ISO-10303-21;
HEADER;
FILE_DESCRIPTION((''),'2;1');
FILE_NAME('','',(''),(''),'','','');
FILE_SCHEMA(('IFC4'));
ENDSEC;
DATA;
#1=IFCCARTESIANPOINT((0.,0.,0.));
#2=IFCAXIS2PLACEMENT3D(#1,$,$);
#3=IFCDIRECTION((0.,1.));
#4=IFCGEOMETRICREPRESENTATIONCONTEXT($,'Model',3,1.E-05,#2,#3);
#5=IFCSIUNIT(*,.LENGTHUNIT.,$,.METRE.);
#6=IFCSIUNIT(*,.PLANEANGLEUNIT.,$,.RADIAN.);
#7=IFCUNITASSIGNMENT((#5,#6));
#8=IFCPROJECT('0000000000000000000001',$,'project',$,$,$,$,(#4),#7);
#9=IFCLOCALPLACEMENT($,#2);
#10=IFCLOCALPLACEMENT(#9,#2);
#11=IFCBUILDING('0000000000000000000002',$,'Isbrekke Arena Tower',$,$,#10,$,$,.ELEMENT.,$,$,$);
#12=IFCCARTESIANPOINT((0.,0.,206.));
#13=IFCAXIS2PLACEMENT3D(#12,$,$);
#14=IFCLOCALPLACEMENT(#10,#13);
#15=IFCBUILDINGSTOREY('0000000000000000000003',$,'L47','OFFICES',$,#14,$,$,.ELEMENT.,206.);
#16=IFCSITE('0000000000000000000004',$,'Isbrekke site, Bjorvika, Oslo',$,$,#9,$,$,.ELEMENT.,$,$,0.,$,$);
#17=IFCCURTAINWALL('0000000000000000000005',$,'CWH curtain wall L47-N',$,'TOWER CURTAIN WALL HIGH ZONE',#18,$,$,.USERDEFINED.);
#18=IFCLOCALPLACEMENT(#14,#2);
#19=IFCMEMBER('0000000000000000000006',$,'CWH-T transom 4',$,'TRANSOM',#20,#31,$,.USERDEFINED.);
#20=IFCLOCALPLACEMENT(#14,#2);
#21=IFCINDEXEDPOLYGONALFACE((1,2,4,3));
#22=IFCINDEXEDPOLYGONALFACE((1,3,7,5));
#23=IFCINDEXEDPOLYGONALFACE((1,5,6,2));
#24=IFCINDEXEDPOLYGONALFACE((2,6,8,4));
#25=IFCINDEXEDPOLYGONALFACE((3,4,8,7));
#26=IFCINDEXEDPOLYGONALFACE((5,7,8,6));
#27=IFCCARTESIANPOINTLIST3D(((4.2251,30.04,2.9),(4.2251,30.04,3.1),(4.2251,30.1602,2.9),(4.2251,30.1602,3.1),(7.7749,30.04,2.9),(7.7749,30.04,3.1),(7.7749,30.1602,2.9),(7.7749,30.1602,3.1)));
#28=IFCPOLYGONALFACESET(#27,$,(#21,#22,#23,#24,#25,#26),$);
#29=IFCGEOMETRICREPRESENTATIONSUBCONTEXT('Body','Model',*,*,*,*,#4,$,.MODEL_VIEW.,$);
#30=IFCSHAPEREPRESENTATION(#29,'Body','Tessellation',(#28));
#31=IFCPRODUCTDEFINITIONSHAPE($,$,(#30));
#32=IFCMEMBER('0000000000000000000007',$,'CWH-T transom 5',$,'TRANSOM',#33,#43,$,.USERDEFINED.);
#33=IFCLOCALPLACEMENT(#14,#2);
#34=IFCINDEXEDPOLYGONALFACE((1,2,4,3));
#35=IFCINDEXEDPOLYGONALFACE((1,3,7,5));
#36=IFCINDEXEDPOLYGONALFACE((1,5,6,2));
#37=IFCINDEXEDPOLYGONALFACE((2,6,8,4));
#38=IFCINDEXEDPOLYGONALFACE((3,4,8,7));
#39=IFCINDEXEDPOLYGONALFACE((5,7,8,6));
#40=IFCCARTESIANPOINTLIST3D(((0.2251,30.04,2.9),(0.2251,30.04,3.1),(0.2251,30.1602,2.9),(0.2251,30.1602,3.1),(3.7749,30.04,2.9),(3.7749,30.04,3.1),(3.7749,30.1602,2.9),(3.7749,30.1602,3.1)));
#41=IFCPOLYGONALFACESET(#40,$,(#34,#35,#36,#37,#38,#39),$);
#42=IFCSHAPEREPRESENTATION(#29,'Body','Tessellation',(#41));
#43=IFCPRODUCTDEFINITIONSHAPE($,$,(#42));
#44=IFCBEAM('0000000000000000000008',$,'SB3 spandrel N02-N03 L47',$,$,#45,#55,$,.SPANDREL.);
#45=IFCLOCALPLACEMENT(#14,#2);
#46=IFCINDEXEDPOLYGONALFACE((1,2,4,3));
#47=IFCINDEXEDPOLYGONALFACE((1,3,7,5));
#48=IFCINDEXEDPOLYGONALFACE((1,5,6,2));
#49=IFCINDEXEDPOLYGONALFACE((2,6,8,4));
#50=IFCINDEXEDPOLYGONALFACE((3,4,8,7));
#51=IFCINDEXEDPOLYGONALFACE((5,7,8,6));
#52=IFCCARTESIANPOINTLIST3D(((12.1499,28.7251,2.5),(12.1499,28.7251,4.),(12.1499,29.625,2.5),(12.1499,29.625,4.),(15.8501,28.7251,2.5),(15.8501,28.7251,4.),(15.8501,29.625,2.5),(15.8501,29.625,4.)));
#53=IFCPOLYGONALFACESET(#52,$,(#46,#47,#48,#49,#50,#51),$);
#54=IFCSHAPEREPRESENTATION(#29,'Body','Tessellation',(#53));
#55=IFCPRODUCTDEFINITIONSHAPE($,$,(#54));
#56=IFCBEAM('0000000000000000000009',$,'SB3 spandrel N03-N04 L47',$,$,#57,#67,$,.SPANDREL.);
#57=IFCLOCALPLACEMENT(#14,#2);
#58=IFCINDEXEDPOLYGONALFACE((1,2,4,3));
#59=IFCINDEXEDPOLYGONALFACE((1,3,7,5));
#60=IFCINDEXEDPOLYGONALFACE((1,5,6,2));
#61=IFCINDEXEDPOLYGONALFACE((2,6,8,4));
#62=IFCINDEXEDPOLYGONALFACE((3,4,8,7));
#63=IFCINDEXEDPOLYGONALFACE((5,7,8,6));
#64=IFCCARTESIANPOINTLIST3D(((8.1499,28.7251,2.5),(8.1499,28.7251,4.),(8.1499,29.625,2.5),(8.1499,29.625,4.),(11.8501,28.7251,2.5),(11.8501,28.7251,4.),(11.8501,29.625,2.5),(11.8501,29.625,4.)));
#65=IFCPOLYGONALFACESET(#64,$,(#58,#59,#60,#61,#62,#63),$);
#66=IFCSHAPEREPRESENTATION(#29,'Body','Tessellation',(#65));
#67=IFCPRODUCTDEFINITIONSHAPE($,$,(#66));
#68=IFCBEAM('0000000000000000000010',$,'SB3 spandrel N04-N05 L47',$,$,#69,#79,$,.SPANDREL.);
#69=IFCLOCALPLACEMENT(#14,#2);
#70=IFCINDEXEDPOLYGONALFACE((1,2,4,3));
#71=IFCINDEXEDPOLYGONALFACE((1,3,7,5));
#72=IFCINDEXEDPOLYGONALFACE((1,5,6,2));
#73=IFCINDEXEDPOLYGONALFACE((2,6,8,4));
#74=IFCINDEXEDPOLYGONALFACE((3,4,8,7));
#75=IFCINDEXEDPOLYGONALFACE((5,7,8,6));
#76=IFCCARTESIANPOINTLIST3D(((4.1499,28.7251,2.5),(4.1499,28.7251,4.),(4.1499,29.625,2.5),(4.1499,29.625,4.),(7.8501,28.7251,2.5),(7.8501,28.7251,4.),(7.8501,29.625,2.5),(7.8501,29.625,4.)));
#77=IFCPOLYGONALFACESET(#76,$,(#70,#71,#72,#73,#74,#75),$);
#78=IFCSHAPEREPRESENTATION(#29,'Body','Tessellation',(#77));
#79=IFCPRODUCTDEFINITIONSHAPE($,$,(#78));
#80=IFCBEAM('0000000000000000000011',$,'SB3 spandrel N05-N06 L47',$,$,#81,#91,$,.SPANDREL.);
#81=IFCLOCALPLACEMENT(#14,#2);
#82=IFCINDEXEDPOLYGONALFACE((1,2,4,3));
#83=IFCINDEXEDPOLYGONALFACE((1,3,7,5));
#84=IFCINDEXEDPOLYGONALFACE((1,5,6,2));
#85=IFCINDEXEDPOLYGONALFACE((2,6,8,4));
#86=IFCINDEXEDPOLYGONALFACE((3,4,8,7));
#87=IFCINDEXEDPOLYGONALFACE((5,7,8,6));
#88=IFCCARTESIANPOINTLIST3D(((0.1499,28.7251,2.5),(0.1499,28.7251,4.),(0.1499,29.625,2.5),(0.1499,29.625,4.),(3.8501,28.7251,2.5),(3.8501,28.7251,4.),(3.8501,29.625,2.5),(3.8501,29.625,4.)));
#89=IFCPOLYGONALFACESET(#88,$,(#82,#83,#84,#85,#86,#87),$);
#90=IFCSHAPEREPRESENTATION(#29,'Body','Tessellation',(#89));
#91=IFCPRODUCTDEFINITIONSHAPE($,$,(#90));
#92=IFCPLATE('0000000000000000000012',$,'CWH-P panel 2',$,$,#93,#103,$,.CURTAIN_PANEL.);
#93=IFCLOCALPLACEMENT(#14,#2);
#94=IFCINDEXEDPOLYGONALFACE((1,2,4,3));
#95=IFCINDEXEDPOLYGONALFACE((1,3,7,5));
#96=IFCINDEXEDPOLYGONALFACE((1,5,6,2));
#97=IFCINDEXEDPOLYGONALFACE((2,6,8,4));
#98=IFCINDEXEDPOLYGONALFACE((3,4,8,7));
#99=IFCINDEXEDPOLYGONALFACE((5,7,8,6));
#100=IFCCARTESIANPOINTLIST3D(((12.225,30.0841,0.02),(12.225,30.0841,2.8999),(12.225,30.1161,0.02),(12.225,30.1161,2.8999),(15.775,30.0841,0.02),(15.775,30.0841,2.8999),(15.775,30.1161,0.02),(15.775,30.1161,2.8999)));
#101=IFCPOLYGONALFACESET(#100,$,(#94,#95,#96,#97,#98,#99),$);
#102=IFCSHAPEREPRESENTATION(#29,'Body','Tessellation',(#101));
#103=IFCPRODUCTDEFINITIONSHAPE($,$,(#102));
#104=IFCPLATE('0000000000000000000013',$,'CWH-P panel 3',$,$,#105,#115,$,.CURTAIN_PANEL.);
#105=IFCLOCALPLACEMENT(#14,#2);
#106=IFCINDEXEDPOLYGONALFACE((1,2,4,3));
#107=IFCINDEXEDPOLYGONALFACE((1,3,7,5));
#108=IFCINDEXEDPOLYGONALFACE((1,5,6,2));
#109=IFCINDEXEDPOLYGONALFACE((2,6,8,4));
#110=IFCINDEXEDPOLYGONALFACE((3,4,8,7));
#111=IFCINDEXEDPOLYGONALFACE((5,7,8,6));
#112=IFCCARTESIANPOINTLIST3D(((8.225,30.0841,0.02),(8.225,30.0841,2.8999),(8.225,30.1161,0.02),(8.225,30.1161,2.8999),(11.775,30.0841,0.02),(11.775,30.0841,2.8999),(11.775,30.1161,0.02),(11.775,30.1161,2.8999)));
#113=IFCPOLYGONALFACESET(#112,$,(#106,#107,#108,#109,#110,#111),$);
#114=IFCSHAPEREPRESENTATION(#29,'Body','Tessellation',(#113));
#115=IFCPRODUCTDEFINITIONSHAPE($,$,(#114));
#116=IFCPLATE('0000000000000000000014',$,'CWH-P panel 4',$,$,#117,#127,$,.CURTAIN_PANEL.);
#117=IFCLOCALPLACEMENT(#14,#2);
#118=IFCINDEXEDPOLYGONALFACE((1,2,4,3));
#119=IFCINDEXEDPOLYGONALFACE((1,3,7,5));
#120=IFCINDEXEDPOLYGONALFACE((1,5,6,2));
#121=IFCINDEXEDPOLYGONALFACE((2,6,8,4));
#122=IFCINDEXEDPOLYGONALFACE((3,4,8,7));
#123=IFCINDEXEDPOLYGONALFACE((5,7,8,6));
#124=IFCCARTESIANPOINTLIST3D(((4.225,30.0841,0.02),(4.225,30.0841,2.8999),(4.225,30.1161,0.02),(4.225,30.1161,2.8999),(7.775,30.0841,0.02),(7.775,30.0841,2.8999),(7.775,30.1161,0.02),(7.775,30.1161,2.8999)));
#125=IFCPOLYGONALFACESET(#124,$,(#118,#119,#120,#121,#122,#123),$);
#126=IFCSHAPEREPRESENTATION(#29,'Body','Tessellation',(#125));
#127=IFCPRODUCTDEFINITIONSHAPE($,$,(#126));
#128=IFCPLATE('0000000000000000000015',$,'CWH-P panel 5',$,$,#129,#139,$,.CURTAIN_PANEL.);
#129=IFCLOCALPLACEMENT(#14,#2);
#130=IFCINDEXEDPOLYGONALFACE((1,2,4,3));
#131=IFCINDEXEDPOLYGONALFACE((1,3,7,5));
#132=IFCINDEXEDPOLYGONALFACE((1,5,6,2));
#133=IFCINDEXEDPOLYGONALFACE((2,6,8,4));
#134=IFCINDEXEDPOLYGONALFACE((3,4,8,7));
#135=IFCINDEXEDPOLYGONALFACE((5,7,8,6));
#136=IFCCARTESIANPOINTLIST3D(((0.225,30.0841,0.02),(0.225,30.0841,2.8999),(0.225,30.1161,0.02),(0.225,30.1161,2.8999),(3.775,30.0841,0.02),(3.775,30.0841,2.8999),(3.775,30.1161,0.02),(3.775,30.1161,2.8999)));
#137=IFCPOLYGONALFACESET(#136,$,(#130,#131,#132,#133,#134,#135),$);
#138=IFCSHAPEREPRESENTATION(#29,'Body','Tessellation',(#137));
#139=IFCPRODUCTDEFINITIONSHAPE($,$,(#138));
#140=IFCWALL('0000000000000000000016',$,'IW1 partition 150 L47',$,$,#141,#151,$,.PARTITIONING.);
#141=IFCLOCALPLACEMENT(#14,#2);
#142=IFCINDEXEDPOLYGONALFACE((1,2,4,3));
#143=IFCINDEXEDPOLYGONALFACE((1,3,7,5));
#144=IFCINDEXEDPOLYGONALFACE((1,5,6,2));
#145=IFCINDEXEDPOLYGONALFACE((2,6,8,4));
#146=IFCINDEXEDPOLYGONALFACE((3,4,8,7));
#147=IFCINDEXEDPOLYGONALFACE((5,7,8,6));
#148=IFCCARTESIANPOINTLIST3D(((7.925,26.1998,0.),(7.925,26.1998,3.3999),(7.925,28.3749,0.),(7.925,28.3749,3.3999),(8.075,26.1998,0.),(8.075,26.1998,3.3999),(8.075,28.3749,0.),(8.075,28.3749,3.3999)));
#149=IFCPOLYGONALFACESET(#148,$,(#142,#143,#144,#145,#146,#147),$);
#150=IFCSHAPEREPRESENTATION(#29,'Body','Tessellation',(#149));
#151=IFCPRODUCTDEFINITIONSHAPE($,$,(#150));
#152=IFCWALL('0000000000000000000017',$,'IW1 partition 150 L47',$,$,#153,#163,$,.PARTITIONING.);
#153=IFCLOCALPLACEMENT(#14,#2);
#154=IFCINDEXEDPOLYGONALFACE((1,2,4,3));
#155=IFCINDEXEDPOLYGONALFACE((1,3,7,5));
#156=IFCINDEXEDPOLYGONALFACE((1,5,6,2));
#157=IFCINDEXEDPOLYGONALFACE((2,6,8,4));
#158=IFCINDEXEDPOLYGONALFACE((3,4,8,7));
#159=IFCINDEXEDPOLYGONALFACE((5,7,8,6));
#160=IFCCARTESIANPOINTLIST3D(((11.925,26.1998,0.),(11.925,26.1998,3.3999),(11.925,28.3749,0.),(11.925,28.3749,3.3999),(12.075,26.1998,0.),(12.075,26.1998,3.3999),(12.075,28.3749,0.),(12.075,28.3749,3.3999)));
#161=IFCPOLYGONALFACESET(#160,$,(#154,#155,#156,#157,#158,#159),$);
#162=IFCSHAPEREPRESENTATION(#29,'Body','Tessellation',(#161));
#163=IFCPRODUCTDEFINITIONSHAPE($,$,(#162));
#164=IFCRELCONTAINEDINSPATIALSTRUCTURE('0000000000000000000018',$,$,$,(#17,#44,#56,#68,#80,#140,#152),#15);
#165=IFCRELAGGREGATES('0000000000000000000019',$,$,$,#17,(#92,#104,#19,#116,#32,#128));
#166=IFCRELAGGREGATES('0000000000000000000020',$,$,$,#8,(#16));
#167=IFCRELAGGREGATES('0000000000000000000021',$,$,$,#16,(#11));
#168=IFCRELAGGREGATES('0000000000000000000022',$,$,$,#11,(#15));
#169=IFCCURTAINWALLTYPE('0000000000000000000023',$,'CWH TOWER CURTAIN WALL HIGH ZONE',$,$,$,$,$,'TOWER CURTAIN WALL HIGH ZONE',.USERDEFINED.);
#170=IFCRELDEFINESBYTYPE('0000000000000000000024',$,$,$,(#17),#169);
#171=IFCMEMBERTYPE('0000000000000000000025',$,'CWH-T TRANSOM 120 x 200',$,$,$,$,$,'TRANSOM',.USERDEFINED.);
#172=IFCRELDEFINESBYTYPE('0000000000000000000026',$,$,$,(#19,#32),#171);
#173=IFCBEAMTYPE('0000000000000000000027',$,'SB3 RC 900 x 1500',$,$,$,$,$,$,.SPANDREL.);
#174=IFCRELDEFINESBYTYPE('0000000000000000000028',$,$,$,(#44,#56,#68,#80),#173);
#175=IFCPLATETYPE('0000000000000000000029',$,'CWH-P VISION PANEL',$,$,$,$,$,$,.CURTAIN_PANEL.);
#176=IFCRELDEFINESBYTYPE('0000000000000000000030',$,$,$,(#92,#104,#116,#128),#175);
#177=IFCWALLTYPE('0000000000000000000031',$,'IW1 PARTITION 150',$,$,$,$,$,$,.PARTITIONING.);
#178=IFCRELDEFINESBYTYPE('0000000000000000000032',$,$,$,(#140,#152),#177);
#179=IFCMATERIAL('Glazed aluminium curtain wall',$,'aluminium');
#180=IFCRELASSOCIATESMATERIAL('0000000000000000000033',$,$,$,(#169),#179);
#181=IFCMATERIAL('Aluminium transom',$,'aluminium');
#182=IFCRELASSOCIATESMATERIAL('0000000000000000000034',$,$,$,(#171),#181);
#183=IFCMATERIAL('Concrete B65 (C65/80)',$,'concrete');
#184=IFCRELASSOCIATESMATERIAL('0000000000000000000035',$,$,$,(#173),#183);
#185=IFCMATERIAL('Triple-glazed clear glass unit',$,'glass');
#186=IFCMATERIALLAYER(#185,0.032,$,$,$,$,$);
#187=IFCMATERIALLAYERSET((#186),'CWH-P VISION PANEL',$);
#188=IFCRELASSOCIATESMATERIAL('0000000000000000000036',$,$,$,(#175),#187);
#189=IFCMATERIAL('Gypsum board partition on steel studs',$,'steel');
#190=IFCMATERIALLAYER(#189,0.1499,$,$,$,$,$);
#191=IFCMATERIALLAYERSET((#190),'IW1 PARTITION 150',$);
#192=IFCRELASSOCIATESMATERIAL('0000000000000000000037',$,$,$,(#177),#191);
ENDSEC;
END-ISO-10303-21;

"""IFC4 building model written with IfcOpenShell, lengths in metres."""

from ifc_helpers import new_model, si_unit, direction, frame, frame_2d, origin, origin_2d, place, context, subcontext, project, spatial, rectangle, extrude, material, layer, layer_set, material_profile, profile_set, type_object, element, aggregate, save


model = new_model("IFC4")

# Units and contexts
model_context = context("Model", 3, precision=1e-05, world=origin(), true_north=direction((0.0, 1.0)))
body_context = subcontext(model_context, "Body", "Model", "MODEL_VIEW")
ifc_project = project(units=[si_unit("LENGTHUNIT", "METRE"), si_unit("PLANEANGLEUNIT", "RADIAN")], contexts=[model_context])

# Site, building, storey
site_placement = place(None, origin())
site = spatial("IfcSite", under=ifc_project, at=site_placement, Name="Isbrekke site, Bjorvika, Oslo", CompositionType="ELEMENT", RefElevation=0.0)
building_placement = place(site_placement, origin())
building = spatial("IfcBuilding", under=site, at=building_placement, Name="Isbrekke Arena Tower", CompositionType="ELEMENT")
storey_placement = place(building_placement, frame((0.0, 0.0, 206.0)))
storey = spatial("IfcBuildingStorey", under=building, at=storey_placement, Name="L47", Description="OFFICES", CompositionType="ELEMENT", Elevation=206.0)

# Curtain wall, members
ifc_material_1 = material(Name="Glazed aluminium curtain wall", Category="aluminium")
curtain_wall_type = type_object("IfcCurtainWallType", Name="CWH TOWER CURTAIN WALL HIGH ZONE", ElementType="TOWER CURTAIN WALL HIGH ZONE", PredefinedType="USERDEFINED", material=ifc_material_1)
curtain_wall_placement = place(storey_placement, origin())
curtain_wall = element("IfcCurtainWall", 1, at=curtain_wall_placement, inside=storey, type_object=curtain_wall_type, Name="CWH curtain wall L47-N", ObjectType="TOWER CURTAIN WALL HIGH ZONE", PredefinedType="USERDEFINED")
ifc_material_2 = material(Name="Aluminium transom", Category="aluminium")
ifc_material_profile_1 = material_profile(ifc_material_2, rectangle(XDim=0.1201, YDim=0.2, at=origin_2d()), Name="TRANSOM 120X200")
ifc_profile_set_1 = profile_set([ifc_material_profile_1], Name="Aluminium transom")
member_type_1 = type_object("IfcMemberType", Name="CWH-T TRANSOM 120 x 200", ElementType="TRANSOM", PredefinedType="USERDEFINED", material=ifc_profile_set_1)
member_1_placement = place(storey_placement, frame((7.7749, 30.1001, 3.0), z_axis=(-1.0, 0.0, 0.0), x_axis=(0.0, -1.0, 0.0)))
member_1 = element("IfcMember", 2, at=member_1_placement, type_object=member_type_1, Name="CWH-T transom 4", ObjectType="TRANSOM", PredefinedType="USERDEFINED", context=body_context, shape_type="SweptSolid", body=[
    extrude(rectangle(XDim=0.1201, YDim=0.2, at=origin_2d()), origin(), (0.0, 0.0, 1.0), 3.5498),
])
member_2_placement = place(storey_placement, frame((3.7749, 30.1001, 3.0), z_axis=(-1.0, 0.0, 0.0), x_axis=(0.0, -1.0, 0.0)))
member_2 = element("IfcMember", 3, at=member_2_placement, type_object=member_type_1, Name="CWH-T transom 5", ObjectType="TRANSOM", PredefinedType="USERDEFINED", context=body_context, shape_type="SweptSolid", body=[
    extrude(rectangle(XDim=0.1201, YDim=0.2, at=origin_2d()), origin(), (0.0, 0.0, 1.0), 3.5498),
])

# Beams
ifc_material_3 = material(Name="Concrete B65 (C65/80)", Category="concrete")
ifc_material_profile_2 = material_profile(ifc_material_3, rectangle(XDim=0.8999, YDim=1.5, at=origin_2d()), Name="RC 900x1500")
ifc_profile_set_2 = profile_set([ifc_material_profile_2], Name="Concrete B65 (C65/80)")
beam_type_1 = type_object("IfcBeamType", Name="SB3 RC 900 x 1500", PredefinedType="SPANDREL", material=ifc_profile_set_2)
for number, where, z_axis, x_axis, name in (
    (4, (15.8501, 29.175, 3.25), (-1.0, 0.0, 0.0), (0.0, -1.0, 0.0), "SB3 spandrel N02-N03 L47"),
    (5, (11.8501, 29.175, 3.25), (-1.0, 0.0, 0.0), (0.0, -1.0, 0.0), "SB3 spandrel N03-N04 L47"),
    (6, (7.8501, 29.175, 3.25), (-1.0, 0.0, 0.0), (0.0, -1.0, 0.0), "SB3 spandrel N04-N05 L47"),
    (7, (3.8501, 29.175, 3.25), (-1.0, 0.0, 0.0), (0.0, -1.0, 0.0), "SB3 spandrel N05-N06 L47"),
):
    element("IfcBeam", number, at=place(storey_placement, frame(where, z_axis=z_axis, x_axis=x_axis)), inside=storey, type_object=beam_type_1, Name=name, PredefinedType="SPANDREL", context=body_context, shape_type="SweptSolid", body=[
        extrude(rectangle(XDim=0.8999, YDim=1.5, at=origin_2d()), origin(), (0.0, 0.0, 1.0), 3.7002),
    ])

# Plates
ifc_material_4 = material(Name="Triple-glazed clear glass unit", Category="glass")
ifc_layer_1 = layer(ifc_material_4, 0.032)
ifc_layer_set_1 = layer_set([ifc_layer_1], Name="CWH-P VISION PANEL")
plate_type = type_object("IfcPlateType", Name="CWH-P VISION PANEL", PredefinedType="CURTAIN_PANEL", material=ifc_layer_set_1)
plate_1_placement = place(storey_placement, frame((14.0, 30.1001, 0.02), z_axis=(0.0, 0.0, 1.0), x_axis=(-1.0, 0.0, 0.0)))
plate_1 = element("IfcPlate", 8, at=plate_1_placement, type_object=plate_type, Name="CWH-P panel 2", PredefinedType="CURTAIN_PANEL", context=body_context, shape_type="SweptSolid", body=[
    extrude(rectangle(XDim=3.55, YDim=0.032, at=origin_2d()), origin(), (0.0, 0.0, 1.0), 2.8799),
])
plate_2_placement = place(storey_placement, frame((10.0, 30.1001, 0.02), z_axis=(0.0, 0.0, 1.0), x_axis=(-1.0, 0.0, 0.0)))
plate_2 = element("IfcPlate", 9, at=plate_2_placement, type_object=plate_type, Name="CWH-P panel 3", PredefinedType="CURTAIN_PANEL", context=body_context, shape_type="SweptSolid", body=[
    extrude(rectangle(XDim=3.55, YDim=0.032, at=origin_2d()), origin(), (0.0, 0.0, 1.0), 2.8799),
])
plate_3_placement = place(storey_placement, frame((6.0, 30.1001, 0.02), z_axis=(0.0, 0.0, 1.0), x_axis=(-1.0, 0.0, 0.0)))
plate_3 = element("IfcPlate", 10, at=plate_3_placement, type_object=plate_type, Name="CWH-P panel 4", PredefinedType="CURTAIN_PANEL", context=body_context, shape_type="SweptSolid", body=[
    extrude(rectangle(XDim=3.55, YDim=0.032, at=origin_2d()), origin(), (0.0, 0.0, 1.0), 2.8799),
])
plate_4_placement = place(storey_placement, frame((2.0, 30.1001, 0.02), z_axis=(0.0, 0.0, 1.0), x_axis=(-1.0, 0.0, 0.0)))
plate_4 = element("IfcPlate", 11, at=plate_4_placement, type_object=plate_type, Name="CWH-P panel 5", PredefinedType="CURTAIN_PANEL", context=body_context, shape_type="SweptSolid", body=[
    extrude(rectangle(XDim=3.55, YDim=0.032, at=origin_2d()), origin(), (0.0, 0.0, 1.0), 2.8799),
])
aggregate(curtain_wall, [plate_1, plate_2, member_1, plate_3, member_2, plate_4])

# Walls
ifc_material_5 = material(Name="Gypsum board partition on steel studs", Category="steel")
ifc_layer_2 = layer(ifc_material_5, 0.1499)
ifc_layer_set_2 = layer_set([ifc_layer_2], Name="IW1 PARTITION 150")
wall_type = type_object("IfcWallType", Name="IW1 PARTITION 150", PredefinedType="PARTITIONING", material=ifc_layer_set_2)
for number, where, z_axis, x_axis, name in (
    (12, (8.0, 26.2, 0.0), (0.0, 0.0, 1.0), (0.0, 1.0, 0.0), "IW1 partition 150 L47"),
    (13, (12.0, 26.2, 0.0), (0.0, 0.0, 1.0), (0.0, 1.0, 0.0), "IW1 partition 150 L47"),
):
    element("IfcWall", number, at=place(storey_placement, frame(where, z_axis=z_axis, x_axis=x_axis)), inside=storey, type_object=wall_type, Name=name, PredefinedType="PARTITIONING", context=body_context, shape_type="SweptSolid", body=[
        extrude(rectangle(XDim=2.175, YDim=0.1499, at=frame_2d((1.0874, 0.0))), origin(), (0.0, 0.0, 1.0), 3.3999),
    ])

save(model, "model.ifc")
